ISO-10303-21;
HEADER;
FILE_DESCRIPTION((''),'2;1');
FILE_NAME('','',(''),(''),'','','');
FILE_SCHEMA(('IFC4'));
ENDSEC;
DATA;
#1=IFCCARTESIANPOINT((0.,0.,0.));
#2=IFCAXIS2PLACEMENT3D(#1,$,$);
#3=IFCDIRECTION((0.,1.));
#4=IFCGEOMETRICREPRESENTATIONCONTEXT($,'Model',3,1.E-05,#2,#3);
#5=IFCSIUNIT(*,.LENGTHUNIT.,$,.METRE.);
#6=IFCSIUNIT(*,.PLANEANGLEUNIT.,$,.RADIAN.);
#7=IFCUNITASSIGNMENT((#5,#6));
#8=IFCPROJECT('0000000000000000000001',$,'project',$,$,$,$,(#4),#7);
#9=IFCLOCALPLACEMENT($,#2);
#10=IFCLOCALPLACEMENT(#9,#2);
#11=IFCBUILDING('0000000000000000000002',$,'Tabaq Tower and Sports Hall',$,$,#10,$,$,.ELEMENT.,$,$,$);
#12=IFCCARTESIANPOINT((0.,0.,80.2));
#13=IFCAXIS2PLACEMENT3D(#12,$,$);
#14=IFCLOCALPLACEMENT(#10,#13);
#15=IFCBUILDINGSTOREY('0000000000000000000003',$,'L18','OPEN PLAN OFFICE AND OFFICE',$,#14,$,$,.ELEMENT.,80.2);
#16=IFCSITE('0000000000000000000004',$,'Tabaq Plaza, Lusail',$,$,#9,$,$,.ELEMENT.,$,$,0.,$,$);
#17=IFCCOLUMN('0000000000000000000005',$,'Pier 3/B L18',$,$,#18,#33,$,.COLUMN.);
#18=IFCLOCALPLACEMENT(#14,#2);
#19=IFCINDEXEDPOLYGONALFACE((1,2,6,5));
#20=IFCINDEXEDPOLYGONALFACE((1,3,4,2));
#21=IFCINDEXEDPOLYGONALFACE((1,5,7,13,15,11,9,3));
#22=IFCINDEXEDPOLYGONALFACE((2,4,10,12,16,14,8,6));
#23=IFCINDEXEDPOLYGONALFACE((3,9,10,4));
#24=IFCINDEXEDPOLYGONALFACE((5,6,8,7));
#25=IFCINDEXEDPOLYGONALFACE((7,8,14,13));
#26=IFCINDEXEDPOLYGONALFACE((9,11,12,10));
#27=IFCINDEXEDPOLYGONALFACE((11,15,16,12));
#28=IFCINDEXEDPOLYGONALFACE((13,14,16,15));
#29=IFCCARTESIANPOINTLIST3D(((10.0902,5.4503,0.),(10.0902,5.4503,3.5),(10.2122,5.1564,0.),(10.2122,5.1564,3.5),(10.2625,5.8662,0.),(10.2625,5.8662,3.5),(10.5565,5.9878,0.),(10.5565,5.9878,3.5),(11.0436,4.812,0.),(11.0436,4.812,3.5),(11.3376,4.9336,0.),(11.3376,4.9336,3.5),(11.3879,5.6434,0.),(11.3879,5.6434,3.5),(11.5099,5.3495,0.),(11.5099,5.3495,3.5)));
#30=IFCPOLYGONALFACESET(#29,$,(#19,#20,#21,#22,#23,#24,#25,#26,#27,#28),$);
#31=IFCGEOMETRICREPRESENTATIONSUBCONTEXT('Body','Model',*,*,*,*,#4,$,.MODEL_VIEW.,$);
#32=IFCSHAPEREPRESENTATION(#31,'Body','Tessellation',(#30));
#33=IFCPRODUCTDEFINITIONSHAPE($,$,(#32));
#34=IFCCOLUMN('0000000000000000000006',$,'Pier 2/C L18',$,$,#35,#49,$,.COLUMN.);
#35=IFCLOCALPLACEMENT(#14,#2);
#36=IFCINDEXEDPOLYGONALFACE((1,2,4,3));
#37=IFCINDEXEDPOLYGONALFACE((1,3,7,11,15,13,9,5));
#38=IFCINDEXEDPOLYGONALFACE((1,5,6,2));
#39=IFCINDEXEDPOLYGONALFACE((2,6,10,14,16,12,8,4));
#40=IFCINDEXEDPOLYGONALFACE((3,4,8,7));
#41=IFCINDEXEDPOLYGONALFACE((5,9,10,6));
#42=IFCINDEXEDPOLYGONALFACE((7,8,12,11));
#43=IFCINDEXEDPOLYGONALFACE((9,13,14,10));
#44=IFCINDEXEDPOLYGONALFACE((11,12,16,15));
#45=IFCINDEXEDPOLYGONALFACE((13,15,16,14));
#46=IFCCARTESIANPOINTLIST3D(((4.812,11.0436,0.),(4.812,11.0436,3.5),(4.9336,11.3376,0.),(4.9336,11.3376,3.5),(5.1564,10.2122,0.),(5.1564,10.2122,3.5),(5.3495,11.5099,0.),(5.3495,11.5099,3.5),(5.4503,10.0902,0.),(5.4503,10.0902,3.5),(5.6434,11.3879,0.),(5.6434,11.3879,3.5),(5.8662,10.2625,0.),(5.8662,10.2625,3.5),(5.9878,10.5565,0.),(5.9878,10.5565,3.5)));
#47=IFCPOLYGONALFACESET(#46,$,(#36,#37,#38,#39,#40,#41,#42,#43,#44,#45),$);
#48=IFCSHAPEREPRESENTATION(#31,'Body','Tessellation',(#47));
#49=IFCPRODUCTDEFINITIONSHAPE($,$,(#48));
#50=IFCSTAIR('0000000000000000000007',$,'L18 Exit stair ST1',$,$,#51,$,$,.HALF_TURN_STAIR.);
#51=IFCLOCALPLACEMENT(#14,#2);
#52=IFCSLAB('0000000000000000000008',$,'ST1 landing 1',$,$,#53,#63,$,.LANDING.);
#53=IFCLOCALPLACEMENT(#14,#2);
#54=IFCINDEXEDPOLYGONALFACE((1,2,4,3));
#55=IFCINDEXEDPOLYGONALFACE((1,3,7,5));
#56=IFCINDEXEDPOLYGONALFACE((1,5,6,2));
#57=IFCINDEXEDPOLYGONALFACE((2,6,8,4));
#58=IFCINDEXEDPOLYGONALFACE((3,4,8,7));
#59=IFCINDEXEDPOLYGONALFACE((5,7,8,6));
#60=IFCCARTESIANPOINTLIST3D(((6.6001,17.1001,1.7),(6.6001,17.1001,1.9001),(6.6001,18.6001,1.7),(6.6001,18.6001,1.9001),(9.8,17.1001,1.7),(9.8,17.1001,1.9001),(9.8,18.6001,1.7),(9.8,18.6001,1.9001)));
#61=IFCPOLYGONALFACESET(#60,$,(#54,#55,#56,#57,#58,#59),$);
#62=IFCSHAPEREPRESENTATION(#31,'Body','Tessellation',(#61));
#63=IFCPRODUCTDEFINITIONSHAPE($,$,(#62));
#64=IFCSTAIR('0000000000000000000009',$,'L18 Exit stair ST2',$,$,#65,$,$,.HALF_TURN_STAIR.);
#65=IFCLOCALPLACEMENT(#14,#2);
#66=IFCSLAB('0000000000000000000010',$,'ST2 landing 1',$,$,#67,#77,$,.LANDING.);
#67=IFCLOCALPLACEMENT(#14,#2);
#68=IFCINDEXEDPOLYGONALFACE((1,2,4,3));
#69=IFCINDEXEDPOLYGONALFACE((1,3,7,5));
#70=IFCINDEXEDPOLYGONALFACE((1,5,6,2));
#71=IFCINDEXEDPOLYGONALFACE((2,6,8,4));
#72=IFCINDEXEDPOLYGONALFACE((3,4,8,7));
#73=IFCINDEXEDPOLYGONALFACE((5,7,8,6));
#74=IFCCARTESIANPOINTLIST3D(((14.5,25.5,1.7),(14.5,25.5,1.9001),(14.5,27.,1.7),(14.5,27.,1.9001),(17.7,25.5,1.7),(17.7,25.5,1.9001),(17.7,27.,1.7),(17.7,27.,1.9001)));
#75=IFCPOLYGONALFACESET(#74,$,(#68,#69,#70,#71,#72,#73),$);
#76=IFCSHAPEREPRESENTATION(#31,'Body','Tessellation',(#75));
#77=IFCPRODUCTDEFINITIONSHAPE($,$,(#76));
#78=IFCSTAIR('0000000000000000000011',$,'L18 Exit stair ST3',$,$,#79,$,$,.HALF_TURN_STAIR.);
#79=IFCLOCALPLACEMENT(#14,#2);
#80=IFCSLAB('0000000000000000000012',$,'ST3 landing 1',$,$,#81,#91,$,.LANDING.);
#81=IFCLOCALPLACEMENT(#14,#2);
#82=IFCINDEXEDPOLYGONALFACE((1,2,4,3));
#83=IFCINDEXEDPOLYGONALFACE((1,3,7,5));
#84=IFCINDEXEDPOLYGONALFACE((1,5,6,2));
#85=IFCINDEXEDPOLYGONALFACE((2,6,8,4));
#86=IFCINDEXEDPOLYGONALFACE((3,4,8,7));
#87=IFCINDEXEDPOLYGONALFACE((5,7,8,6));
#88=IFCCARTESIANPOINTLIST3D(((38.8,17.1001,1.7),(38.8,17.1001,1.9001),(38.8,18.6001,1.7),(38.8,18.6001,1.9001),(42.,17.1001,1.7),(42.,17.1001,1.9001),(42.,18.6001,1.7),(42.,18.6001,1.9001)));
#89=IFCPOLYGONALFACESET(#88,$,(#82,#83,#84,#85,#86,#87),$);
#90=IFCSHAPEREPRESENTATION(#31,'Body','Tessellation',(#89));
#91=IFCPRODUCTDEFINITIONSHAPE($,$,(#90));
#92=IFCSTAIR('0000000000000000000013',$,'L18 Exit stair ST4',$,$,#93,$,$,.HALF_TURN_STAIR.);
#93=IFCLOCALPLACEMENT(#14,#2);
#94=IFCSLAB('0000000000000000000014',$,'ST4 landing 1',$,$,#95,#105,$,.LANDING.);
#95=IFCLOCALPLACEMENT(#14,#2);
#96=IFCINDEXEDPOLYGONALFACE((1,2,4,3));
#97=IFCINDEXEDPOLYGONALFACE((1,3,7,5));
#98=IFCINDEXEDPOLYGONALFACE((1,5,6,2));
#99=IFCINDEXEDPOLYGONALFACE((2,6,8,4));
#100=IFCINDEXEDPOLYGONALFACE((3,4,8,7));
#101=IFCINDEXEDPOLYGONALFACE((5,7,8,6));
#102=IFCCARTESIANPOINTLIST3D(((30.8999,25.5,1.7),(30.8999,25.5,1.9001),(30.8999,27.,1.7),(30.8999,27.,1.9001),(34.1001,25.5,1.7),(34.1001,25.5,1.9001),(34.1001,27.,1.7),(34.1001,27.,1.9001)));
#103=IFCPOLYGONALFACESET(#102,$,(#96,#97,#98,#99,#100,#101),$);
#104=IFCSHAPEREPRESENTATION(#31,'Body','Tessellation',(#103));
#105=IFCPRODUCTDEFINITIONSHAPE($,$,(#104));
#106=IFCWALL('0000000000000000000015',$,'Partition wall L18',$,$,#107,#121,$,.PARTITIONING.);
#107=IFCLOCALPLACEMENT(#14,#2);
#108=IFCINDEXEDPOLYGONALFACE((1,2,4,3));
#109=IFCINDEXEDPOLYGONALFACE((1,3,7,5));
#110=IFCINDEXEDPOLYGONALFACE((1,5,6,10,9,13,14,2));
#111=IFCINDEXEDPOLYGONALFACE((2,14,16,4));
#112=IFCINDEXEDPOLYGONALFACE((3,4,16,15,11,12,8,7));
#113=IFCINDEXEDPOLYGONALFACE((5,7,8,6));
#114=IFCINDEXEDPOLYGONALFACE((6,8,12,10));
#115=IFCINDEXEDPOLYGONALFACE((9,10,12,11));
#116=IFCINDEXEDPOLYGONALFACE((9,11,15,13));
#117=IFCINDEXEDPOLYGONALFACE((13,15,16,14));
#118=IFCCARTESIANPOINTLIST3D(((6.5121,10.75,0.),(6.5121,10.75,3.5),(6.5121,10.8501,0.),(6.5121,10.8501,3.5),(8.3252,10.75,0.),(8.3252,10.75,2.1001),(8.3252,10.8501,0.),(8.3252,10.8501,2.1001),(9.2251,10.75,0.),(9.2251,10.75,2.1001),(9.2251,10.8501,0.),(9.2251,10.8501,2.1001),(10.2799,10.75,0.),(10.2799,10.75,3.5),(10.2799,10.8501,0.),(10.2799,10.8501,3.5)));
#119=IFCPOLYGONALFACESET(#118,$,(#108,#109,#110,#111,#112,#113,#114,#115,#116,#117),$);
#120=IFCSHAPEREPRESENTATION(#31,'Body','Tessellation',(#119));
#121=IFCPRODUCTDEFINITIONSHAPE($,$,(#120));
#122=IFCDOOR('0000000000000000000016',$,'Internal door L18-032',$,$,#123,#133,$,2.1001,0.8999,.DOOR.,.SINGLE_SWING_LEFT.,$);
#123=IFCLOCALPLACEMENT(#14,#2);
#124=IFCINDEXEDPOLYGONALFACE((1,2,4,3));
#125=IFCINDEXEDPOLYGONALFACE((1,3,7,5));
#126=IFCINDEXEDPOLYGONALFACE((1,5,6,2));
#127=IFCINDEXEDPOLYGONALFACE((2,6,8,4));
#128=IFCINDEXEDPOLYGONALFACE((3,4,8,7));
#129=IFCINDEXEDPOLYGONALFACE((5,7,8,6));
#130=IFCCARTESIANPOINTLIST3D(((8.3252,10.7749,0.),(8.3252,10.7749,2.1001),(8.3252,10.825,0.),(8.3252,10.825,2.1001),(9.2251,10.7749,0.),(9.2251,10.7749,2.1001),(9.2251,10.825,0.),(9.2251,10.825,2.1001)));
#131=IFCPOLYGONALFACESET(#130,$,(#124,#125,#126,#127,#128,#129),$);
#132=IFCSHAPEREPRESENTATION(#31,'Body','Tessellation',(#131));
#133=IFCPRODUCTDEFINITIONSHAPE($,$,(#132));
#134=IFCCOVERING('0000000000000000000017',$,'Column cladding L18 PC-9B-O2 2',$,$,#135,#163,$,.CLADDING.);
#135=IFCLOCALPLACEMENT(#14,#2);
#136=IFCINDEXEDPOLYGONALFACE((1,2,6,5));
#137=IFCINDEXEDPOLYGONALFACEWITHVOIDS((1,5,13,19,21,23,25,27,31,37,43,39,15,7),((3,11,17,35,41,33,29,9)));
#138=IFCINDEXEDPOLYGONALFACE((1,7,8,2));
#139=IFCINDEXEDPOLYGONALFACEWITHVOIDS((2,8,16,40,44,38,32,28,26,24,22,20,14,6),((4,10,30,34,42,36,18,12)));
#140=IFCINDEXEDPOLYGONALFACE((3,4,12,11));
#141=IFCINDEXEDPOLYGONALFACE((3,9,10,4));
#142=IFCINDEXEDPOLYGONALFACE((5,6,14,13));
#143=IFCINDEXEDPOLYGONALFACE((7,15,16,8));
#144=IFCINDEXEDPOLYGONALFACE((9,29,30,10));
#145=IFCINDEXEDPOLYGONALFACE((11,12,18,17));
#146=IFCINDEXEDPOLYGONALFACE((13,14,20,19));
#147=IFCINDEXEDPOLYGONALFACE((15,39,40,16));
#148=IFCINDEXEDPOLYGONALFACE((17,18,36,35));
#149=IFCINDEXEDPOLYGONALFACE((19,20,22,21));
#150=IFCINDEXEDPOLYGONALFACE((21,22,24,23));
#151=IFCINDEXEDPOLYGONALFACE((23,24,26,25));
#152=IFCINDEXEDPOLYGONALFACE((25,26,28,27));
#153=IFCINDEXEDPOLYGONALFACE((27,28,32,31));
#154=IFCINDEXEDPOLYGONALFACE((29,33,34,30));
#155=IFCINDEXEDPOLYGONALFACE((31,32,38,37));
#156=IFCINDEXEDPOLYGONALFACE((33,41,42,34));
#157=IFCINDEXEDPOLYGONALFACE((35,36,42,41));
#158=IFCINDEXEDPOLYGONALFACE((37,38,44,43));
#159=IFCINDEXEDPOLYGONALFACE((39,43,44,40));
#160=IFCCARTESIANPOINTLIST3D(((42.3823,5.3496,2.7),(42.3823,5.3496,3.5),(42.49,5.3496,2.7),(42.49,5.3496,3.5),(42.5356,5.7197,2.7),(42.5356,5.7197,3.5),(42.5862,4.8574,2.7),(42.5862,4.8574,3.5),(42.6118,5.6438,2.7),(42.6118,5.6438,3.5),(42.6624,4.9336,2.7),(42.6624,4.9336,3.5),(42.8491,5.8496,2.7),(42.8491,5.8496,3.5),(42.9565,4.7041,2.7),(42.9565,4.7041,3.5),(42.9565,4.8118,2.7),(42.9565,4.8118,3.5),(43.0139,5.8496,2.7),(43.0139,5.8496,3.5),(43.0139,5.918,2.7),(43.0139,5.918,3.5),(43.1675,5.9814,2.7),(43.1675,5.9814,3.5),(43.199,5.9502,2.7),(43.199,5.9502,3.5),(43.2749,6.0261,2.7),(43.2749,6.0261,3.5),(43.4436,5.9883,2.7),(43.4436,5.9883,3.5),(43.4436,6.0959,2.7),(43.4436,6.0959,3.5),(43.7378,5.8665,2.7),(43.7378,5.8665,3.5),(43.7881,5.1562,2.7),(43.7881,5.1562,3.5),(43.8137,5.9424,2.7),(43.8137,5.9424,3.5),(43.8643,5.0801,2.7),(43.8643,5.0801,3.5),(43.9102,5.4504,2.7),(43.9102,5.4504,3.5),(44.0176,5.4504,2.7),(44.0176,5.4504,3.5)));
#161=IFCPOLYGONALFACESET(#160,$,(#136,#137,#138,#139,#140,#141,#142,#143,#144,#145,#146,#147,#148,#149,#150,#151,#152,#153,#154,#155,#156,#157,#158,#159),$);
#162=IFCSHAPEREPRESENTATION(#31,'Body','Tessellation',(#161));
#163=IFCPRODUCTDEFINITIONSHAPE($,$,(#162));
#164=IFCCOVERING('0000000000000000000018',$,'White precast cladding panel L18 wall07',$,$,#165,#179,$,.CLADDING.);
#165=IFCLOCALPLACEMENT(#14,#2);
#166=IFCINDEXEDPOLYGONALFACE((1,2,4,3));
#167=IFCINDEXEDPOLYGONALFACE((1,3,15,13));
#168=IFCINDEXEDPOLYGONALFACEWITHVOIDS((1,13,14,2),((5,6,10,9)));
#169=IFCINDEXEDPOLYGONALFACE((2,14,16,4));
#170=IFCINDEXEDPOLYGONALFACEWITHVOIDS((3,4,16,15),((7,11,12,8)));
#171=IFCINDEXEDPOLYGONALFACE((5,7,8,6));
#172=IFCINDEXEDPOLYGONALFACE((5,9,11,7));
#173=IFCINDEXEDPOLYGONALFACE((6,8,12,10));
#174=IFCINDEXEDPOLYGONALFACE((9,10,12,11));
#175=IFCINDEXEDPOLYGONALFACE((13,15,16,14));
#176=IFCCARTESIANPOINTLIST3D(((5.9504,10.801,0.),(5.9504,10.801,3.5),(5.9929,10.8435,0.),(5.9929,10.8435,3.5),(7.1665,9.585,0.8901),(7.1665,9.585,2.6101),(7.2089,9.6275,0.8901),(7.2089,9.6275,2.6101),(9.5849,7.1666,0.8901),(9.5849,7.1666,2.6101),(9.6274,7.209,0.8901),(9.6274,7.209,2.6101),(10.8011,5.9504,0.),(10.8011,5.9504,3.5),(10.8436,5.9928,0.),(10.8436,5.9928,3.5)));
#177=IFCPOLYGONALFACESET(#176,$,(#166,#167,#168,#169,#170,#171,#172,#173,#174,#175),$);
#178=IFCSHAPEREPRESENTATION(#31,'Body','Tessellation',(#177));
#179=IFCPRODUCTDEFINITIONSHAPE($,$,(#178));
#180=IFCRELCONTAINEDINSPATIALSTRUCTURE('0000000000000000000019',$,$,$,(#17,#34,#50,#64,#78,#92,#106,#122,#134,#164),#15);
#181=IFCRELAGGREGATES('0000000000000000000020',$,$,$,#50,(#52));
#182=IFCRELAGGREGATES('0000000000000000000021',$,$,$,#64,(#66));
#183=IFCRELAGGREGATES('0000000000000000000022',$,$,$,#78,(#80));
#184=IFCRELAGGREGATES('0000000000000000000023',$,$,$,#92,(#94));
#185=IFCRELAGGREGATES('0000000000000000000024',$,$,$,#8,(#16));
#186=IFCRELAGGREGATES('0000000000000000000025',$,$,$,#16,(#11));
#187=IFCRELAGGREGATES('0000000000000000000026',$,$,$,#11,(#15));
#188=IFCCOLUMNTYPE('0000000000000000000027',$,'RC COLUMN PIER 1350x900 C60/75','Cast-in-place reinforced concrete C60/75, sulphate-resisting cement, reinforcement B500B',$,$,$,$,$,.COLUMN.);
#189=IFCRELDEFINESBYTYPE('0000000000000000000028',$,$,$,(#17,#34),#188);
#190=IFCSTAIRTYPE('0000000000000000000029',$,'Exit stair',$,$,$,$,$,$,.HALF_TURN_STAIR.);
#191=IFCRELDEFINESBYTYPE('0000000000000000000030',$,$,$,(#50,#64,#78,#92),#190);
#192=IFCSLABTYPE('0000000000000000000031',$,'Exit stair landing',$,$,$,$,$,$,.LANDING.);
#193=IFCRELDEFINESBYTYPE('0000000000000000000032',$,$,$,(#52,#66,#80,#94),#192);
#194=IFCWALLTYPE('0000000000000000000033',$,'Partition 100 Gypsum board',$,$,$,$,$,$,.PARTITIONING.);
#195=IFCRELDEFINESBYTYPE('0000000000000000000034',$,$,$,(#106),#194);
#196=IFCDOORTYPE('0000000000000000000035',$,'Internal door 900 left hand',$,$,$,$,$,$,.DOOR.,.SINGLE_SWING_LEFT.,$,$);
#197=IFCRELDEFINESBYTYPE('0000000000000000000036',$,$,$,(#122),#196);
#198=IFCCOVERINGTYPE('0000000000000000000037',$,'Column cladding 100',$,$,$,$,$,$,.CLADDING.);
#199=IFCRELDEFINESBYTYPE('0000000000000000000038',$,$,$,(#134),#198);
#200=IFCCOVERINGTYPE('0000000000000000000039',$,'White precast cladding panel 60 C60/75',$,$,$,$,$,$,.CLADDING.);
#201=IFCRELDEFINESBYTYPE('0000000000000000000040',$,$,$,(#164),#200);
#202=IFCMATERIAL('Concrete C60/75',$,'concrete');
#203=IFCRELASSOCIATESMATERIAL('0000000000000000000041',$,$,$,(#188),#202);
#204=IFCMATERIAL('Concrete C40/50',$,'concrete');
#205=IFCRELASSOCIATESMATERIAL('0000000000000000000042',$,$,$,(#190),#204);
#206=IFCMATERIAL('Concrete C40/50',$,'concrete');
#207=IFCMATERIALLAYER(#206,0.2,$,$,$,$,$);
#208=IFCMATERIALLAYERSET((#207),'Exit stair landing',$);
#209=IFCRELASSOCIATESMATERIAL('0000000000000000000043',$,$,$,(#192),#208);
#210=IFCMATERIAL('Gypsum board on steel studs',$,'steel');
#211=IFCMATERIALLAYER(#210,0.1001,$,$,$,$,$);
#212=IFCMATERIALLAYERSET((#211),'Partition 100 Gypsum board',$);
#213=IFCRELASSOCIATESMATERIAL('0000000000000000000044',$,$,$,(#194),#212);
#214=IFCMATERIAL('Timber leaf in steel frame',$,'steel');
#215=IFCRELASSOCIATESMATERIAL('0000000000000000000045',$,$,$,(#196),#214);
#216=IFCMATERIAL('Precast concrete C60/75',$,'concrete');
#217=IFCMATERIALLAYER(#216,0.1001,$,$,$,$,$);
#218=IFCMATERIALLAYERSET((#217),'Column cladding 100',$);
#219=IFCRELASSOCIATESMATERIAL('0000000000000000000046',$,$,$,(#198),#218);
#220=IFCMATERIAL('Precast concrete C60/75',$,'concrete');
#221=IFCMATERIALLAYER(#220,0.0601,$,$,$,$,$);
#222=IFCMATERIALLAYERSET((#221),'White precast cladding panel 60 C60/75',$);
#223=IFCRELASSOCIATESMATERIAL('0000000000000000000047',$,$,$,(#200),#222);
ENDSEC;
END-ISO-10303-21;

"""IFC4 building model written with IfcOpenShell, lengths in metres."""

from ifc_helpers import new_model, si_unit, direction, frame, frame_2d, origin, place, context, subcontext, project, spatial, polyline, rectangle, outline, extrude, material, layer, layer_set, material_profile, profile_set, type_object, element, fill, aggregate, save


model = new_model("IFC4")

# Units and contexts
model_context = context("Model", 3, precision=1e-05, world=origin(), true_north=direction((0.0, 1.0)))
body_context = subcontext(model_context, "Body", "Model", "MODEL_VIEW")
ifc_project = project(units=[si_unit("LENGTHUNIT", "METRE"), si_unit("PLANEANGLEUNIT", "RADIAN")], contexts=[model_context])

# Site, building, storey
site_placement = place(None, origin())
site = spatial("IfcSite", under=ifc_project, at=site_placement, Name="Tabaq Plaza, Lusail", CompositionType="ELEMENT", RefElevation=0.0)
building_placement = place(site_placement, origin())
building = spatial("IfcBuilding", under=site, at=building_placement, Name="Tabaq Tower and Sports Hall", CompositionType="ELEMENT")
storey_placement = place(building_placement, frame((0.0, 0.0, 80.2)))
storey = spatial("IfcBuildingStorey", under=building, at=storey_placement, Name="L18", Description="OPEN PLAN OFFICE AND OFFICE", CompositionType="ELEMENT", Elevation=80.2)

# Columns
ifc_material_1 = material(Name="Concrete C60/75", Category="concrete")
ifc_material_profile = material_profile(ifc_material_1, outline(polyline([(-0.45, -0.45), (0.45, -0.45), (0.675, -0.2251), (0.675, 0.2251), (0.45, 0.45), (-0.45, 0.45), (-0.675, 0.2251), (-0.675, -0.2251), (-0.45, -0.45)])), Name="PIER 1350x900")
ifc_profile_set = profile_set([ifc_material_profile], Name="Concrete C60/75")
column_type = type_object("IfcColumnType", Name="RC COLUMN PIER 1350x900 C60/75", Description="Cast-in-place reinforced concrete C60/75, sulphate-resisting cement, reinforcement B500B", PredefinedType="COLUMN", material=ifc_profile_set)
for number, where, z_axis, x_axis, name in (
    (1, (10.8, 5.3999, 0.0), (0.0, 0.0, 1.0), (-0.92388, 0.382683, 0.0), "Pier 3/B L18"),
    (2, (5.3999, 10.8, 0.0), (0.0, 0.0, 1.0), (-0.382683, 0.92388, 0.0), "Pier 2/C L18"),
):
    element("IfcColumn", number, at=place(storey_placement, frame(where, z_axis=z_axis, x_axis=x_axis)), inside=storey, type_object=column_type, Name=name, PredefinedType="COLUMN", context=body_context, shape_type="SweptSolid", body=[
        extrude(outline(polyline([(-0.45, -0.45), (0.45, -0.45), (0.675, -0.2251), (0.675, 0.2251), (0.45, 0.45), (-0.45, 0.45), (-0.675, 0.2251), (-0.675, -0.2251), (-0.45, -0.45)])), origin(), (0.0, 0.0, 1.0), 3.5),
    ])

# Stairs, slabs
ifc_material_2 = material(Name="Concrete C40/50", Category="concrete")
stair_type = type_object("IfcStairType", Name="Exit stair", PredefinedType="HALF_TURN_STAIR", material=ifc_material_2)
stair_1_placement = place(storey_placement, origin())
stair_1 = element("IfcStair", 3, at=stair_1_placement, inside=storey, type_object=stair_type, Name="L18 Exit stair ST1", PredefinedType="HALF_TURN_STAIR")
ifc_material_3 = material(Name="Concrete C40/50", Category="concrete")
ifc_layer_1 = layer(ifc_material_3, 0.2)
ifc_layer_set_1 = layer_set([ifc_layer_1], Name="Exit stair landing")
slab_type = type_object("IfcSlabType", Name="Exit stair landing", PredefinedType="LANDING", material=ifc_layer_set_1)
slab_1_placement = place(storey_placement, frame((0.0, 0.0, 1.7)))
slab_1 = element("IfcSlab", 4, at=slab_1_placement, type_object=slab_type, Name="ST1 landing 1", PredefinedType="LANDING", context=body_context, shape_type="SweptSolid", body=[
    extrude(outline(polyline([(6.6001, 18.6001), (6.6001, 17.1001), (9.8, 17.1001), (9.8, 18.6001), (6.6001, 18.6001)])), origin(), (0.0, 0.0, 1.0), 0.2002),
])
aggregate(stair_1, [slab_1])
stair_2_placement = place(storey_placement, origin())
stair_2 = element("IfcStair", 5, at=stair_2_placement, inside=storey, type_object=stair_type, Name="L18 Exit stair ST2", PredefinedType="HALF_TURN_STAIR")
slab_2_placement = place(storey_placement, frame((0.0, 0.0, 1.7)))
slab_2 = element("IfcSlab", 6, at=slab_2_placement, type_object=slab_type, Name="ST2 landing 1", PredefinedType="LANDING", context=body_context, shape_type="SweptSolid", body=[
    extrude(outline(polyline([(14.5, 27.0), (14.5, 25.5), (17.7, 25.5), (17.7, 27.0), (14.5, 27.0)])), origin(), (0.0, 0.0, 1.0), 0.2002),
])
aggregate(stair_2, [slab_2])
stair_3_placement = place(storey_placement, origin())
stair_3 = element("IfcStair", 7, at=stair_3_placement, inside=storey, type_object=stair_type, Name="L18 Exit stair ST3", PredefinedType="HALF_TURN_STAIR")
slab_3_placement = place(storey_placement, frame((0.0, 0.0, 1.7)))
slab_3 = element("IfcSlab", 8, at=slab_3_placement, type_object=slab_type, Name="ST3 landing 1", PredefinedType="LANDING", context=body_context, shape_type="SweptSolid", body=[
    extrude(outline(polyline([(38.8, 18.6001), (38.8, 17.1001), (42.0, 17.1001), (42.0, 18.6001), (38.8, 18.6001)])), origin(), (0.0, 0.0, 1.0), 0.2002),
])
aggregate(stair_3, [slab_3])
stair_4_placement = place(storey_placement, origin())
stair_4 = element("IfcStair", 9, at=stair_4_placement, inside=storey, type_object=stair_type, Name="L18 Exit stair ST4", PredefinedType="HALF_TURN_STAIR")
slab_4_placement = place(storey_placement, frame((0.0, 0.0, 1.7)))
slab_4 = element("IfcSlab", 10, at=slab_4_placement, type_object=slab_type, Name="ST4 landing 1", PredefinedType="LANDING", context=body_context, shape_type="SweptSolid", body=[
    extrude(outline(polyline([(30.8999, 27.0), (30.8999, 25.5), (34.1001, 25.5), (34.1001, 27.0), (30.8999, 27.0)])), origin(), (0.0, 0.0, 1.0), 0.2002),
])
aggregate(stair_4, [slab_4])

# Wall, opening, door
ifc_material_4 = material(Name="Gypsum board on steel studs", Category="steel")
ifc_layer_2 = layer(ifc_material_4, 0.1001)
ifc_layer_set_2 = layer_set([ifc_layer_2], Name="Partition 100 Gypsum board")
wall_type = type_object("IfcWallType", Name="Partition 100 Gypsum board", PredefinedType="PARTITIONING", material=ifc_layer_set_2)
wall_placement = place(storey_placement, frame((6.5122, 10.8, 0.0), z_axis=(0.0, 0.0, 1.0), x_axis=(1.0, 0.0, 0.0)))
wall = element("IfcWall", 11, at=wall_placement, inside=storey, type_object=wall_type, Name="Partition wall L18", PredefinedType="PARTITIONING", context=body_context, shape_type="SweptSolid", body=[
    extrude(rectangle(XDim=3.7678, YDim=0.1001, at=frame_2d((1.8838, 0.0))), origin(), (0.0, 0.0, 1.0), 3.5),
])
opening_placement = place(wall_placement, frame((1.813, 0.0, 0.0)))
opening = element("IfcOpeningElement", 12, at=opening_placement, cuts=wall, PredefinedType="OPENING", context=body_context, shape_type="SweptSolid", body=[
    extrude(rectangle(XDim=0.8999, YDim=2.1001, at=frame_2d((0.45, 1.05))), frame((0.0, 0.05, 0.0), z_axis=(0.0, -1.0, 0.0), x_axis=(1.0, 0.0, 0.0)), (0.0, 0.0, 1.0), 0.1001),
])
ifc_material_5 = material(Name="Timber leaf in steel frame", Category="steel")
door_type = type_object("IfcDoorType", Name="Internal door 900 left hand", OperationType="SINGLE_SWING_LEFT", PredefinedType="DOOR", material=ifc_material_5)
door_placement = place(opening_placement, origin())
door = element("IfcDoor", 13, at=door_placement, inside=storey, type_object=door_type, Name="Internal door L18-032", OperationType="SINGLE_SWING_LEFT", OverallHeight=2.1001, OverallWidth=0.8999, PredefinedType="DOOR", context=body_context, shape_type="SweptSolid", body=[
    extrude(rectangle(XDim=0.8999, YDim=2.1001, at=frame_2d((0.45, 1.05))), frame((0.0, 0.0249, 0.0), z_axis=(0.0, -1.0, 0.0), x_axis=(1.0, 0.0, 0.0)), (0.0, 0.0, 1.0), 0.05),
])
fill(opening, door)

# Coverings
ifc_material_6 = material(Name="Precast concrete C60/75", Category="concrete")
ifc_layer_3 = layer(ifc_material_6, 0.1001)
ifc_layer_set_3 = layer_set([ifc_layer_3], Name="Column cladding 100")
covering_type_1 = type_object("IfcCoveringType", Name="Column cladding 100", PredefinedType="CLADDING", material=ifc_layer_set_3)
covering_1_placement = place(storey_placement, frame((0.0, 0.0, 2.7)))
element("IfcCovering", 14, at=covering_1_placement, inside=storey, type_object=covering_type_1, Name="Column cladding L18 PC-9B-O2 2", PredefinedType="CLADDING", context=body_context, shape_type="SweptSolid", body=[
    extrude(outline(polyline([(42.3823, 5.3496), (42.5356, 5.7197), (42.8491, 5.8496), (43.0139, 5.8496), (43.0139, 5.918), (43.1675, 5.9814), (43.199, 5.9502), (43.2749, 6.0261), (43.4436, 6.0959), (43.8137, 5.9424), (44.0176, 5.4504), (43.8643, 5.0801), (42.9565, 4.7041), (42.5862, 4.8574), (42.3823, 5.3496)]), holes=[polyline([(43.9102, 5.4504), (43.7378, 5.8665), (43.4436, 5.9883), (42.6118, 5.6438), (42.49, 5.3496), (42.6624, 4.9336), (42.9565, 4.8118), (43.7881, 5.1562), (43.9102, 5.4504)])]), origin(), (0.0, 0.0, 1.0), 0.8),
])
ifc_material_7 = material(Name="Precast concrete C60/75", Category="concrete")
ifc_layer_4 = layer(ifc_material_7, 0.0601)
ifc_layer_set_4 = layer_set([ifc_layer_4], Name="White precast cladding panel 60 C60/75")
covering_type_2 = type_object("IfcCoveringType", Name="White precast cladding panel 60 C60/75", PredefinedType="CLADDING", material=ifc_layer_set_4)
covering_2_placement = place(storey_placement, frame((5.9717, 10.8223, 0.0), z_axis=(0.0, 0.0, 1.0), x_axis=(0.707107, -0.707107, 0.0)))
element("IfcCovering", 15, at=covering_2_placement, inside=storey, type_object=covering_type_2, Name="White precast cladding panel L18 wall07", PredefinedType="CLADDING", context=body_context, shape_type="SweptSolid", body=[
    extrude(outline(polyline([(0.0, 0.0), (6.8599, 0.0), (6.8599, 3.5), (0.0, 3.5), (0.0, 0.0)]), holes=[polyline([(1.7197, 0.8901), (1.7197, 2.6101), (5.1399, 2.6101), (5.1399, 0.8901), (1.7197, 0.8901)])]), frame((0.0, 0.03, 0.0), z_axis=(0.0, -1.0, 0.0), x_axis=(1.0, 0.0, 0.0)), (0.0, 0.0, 1.0), 0.0601),
])

save(model, "model.ifc")
